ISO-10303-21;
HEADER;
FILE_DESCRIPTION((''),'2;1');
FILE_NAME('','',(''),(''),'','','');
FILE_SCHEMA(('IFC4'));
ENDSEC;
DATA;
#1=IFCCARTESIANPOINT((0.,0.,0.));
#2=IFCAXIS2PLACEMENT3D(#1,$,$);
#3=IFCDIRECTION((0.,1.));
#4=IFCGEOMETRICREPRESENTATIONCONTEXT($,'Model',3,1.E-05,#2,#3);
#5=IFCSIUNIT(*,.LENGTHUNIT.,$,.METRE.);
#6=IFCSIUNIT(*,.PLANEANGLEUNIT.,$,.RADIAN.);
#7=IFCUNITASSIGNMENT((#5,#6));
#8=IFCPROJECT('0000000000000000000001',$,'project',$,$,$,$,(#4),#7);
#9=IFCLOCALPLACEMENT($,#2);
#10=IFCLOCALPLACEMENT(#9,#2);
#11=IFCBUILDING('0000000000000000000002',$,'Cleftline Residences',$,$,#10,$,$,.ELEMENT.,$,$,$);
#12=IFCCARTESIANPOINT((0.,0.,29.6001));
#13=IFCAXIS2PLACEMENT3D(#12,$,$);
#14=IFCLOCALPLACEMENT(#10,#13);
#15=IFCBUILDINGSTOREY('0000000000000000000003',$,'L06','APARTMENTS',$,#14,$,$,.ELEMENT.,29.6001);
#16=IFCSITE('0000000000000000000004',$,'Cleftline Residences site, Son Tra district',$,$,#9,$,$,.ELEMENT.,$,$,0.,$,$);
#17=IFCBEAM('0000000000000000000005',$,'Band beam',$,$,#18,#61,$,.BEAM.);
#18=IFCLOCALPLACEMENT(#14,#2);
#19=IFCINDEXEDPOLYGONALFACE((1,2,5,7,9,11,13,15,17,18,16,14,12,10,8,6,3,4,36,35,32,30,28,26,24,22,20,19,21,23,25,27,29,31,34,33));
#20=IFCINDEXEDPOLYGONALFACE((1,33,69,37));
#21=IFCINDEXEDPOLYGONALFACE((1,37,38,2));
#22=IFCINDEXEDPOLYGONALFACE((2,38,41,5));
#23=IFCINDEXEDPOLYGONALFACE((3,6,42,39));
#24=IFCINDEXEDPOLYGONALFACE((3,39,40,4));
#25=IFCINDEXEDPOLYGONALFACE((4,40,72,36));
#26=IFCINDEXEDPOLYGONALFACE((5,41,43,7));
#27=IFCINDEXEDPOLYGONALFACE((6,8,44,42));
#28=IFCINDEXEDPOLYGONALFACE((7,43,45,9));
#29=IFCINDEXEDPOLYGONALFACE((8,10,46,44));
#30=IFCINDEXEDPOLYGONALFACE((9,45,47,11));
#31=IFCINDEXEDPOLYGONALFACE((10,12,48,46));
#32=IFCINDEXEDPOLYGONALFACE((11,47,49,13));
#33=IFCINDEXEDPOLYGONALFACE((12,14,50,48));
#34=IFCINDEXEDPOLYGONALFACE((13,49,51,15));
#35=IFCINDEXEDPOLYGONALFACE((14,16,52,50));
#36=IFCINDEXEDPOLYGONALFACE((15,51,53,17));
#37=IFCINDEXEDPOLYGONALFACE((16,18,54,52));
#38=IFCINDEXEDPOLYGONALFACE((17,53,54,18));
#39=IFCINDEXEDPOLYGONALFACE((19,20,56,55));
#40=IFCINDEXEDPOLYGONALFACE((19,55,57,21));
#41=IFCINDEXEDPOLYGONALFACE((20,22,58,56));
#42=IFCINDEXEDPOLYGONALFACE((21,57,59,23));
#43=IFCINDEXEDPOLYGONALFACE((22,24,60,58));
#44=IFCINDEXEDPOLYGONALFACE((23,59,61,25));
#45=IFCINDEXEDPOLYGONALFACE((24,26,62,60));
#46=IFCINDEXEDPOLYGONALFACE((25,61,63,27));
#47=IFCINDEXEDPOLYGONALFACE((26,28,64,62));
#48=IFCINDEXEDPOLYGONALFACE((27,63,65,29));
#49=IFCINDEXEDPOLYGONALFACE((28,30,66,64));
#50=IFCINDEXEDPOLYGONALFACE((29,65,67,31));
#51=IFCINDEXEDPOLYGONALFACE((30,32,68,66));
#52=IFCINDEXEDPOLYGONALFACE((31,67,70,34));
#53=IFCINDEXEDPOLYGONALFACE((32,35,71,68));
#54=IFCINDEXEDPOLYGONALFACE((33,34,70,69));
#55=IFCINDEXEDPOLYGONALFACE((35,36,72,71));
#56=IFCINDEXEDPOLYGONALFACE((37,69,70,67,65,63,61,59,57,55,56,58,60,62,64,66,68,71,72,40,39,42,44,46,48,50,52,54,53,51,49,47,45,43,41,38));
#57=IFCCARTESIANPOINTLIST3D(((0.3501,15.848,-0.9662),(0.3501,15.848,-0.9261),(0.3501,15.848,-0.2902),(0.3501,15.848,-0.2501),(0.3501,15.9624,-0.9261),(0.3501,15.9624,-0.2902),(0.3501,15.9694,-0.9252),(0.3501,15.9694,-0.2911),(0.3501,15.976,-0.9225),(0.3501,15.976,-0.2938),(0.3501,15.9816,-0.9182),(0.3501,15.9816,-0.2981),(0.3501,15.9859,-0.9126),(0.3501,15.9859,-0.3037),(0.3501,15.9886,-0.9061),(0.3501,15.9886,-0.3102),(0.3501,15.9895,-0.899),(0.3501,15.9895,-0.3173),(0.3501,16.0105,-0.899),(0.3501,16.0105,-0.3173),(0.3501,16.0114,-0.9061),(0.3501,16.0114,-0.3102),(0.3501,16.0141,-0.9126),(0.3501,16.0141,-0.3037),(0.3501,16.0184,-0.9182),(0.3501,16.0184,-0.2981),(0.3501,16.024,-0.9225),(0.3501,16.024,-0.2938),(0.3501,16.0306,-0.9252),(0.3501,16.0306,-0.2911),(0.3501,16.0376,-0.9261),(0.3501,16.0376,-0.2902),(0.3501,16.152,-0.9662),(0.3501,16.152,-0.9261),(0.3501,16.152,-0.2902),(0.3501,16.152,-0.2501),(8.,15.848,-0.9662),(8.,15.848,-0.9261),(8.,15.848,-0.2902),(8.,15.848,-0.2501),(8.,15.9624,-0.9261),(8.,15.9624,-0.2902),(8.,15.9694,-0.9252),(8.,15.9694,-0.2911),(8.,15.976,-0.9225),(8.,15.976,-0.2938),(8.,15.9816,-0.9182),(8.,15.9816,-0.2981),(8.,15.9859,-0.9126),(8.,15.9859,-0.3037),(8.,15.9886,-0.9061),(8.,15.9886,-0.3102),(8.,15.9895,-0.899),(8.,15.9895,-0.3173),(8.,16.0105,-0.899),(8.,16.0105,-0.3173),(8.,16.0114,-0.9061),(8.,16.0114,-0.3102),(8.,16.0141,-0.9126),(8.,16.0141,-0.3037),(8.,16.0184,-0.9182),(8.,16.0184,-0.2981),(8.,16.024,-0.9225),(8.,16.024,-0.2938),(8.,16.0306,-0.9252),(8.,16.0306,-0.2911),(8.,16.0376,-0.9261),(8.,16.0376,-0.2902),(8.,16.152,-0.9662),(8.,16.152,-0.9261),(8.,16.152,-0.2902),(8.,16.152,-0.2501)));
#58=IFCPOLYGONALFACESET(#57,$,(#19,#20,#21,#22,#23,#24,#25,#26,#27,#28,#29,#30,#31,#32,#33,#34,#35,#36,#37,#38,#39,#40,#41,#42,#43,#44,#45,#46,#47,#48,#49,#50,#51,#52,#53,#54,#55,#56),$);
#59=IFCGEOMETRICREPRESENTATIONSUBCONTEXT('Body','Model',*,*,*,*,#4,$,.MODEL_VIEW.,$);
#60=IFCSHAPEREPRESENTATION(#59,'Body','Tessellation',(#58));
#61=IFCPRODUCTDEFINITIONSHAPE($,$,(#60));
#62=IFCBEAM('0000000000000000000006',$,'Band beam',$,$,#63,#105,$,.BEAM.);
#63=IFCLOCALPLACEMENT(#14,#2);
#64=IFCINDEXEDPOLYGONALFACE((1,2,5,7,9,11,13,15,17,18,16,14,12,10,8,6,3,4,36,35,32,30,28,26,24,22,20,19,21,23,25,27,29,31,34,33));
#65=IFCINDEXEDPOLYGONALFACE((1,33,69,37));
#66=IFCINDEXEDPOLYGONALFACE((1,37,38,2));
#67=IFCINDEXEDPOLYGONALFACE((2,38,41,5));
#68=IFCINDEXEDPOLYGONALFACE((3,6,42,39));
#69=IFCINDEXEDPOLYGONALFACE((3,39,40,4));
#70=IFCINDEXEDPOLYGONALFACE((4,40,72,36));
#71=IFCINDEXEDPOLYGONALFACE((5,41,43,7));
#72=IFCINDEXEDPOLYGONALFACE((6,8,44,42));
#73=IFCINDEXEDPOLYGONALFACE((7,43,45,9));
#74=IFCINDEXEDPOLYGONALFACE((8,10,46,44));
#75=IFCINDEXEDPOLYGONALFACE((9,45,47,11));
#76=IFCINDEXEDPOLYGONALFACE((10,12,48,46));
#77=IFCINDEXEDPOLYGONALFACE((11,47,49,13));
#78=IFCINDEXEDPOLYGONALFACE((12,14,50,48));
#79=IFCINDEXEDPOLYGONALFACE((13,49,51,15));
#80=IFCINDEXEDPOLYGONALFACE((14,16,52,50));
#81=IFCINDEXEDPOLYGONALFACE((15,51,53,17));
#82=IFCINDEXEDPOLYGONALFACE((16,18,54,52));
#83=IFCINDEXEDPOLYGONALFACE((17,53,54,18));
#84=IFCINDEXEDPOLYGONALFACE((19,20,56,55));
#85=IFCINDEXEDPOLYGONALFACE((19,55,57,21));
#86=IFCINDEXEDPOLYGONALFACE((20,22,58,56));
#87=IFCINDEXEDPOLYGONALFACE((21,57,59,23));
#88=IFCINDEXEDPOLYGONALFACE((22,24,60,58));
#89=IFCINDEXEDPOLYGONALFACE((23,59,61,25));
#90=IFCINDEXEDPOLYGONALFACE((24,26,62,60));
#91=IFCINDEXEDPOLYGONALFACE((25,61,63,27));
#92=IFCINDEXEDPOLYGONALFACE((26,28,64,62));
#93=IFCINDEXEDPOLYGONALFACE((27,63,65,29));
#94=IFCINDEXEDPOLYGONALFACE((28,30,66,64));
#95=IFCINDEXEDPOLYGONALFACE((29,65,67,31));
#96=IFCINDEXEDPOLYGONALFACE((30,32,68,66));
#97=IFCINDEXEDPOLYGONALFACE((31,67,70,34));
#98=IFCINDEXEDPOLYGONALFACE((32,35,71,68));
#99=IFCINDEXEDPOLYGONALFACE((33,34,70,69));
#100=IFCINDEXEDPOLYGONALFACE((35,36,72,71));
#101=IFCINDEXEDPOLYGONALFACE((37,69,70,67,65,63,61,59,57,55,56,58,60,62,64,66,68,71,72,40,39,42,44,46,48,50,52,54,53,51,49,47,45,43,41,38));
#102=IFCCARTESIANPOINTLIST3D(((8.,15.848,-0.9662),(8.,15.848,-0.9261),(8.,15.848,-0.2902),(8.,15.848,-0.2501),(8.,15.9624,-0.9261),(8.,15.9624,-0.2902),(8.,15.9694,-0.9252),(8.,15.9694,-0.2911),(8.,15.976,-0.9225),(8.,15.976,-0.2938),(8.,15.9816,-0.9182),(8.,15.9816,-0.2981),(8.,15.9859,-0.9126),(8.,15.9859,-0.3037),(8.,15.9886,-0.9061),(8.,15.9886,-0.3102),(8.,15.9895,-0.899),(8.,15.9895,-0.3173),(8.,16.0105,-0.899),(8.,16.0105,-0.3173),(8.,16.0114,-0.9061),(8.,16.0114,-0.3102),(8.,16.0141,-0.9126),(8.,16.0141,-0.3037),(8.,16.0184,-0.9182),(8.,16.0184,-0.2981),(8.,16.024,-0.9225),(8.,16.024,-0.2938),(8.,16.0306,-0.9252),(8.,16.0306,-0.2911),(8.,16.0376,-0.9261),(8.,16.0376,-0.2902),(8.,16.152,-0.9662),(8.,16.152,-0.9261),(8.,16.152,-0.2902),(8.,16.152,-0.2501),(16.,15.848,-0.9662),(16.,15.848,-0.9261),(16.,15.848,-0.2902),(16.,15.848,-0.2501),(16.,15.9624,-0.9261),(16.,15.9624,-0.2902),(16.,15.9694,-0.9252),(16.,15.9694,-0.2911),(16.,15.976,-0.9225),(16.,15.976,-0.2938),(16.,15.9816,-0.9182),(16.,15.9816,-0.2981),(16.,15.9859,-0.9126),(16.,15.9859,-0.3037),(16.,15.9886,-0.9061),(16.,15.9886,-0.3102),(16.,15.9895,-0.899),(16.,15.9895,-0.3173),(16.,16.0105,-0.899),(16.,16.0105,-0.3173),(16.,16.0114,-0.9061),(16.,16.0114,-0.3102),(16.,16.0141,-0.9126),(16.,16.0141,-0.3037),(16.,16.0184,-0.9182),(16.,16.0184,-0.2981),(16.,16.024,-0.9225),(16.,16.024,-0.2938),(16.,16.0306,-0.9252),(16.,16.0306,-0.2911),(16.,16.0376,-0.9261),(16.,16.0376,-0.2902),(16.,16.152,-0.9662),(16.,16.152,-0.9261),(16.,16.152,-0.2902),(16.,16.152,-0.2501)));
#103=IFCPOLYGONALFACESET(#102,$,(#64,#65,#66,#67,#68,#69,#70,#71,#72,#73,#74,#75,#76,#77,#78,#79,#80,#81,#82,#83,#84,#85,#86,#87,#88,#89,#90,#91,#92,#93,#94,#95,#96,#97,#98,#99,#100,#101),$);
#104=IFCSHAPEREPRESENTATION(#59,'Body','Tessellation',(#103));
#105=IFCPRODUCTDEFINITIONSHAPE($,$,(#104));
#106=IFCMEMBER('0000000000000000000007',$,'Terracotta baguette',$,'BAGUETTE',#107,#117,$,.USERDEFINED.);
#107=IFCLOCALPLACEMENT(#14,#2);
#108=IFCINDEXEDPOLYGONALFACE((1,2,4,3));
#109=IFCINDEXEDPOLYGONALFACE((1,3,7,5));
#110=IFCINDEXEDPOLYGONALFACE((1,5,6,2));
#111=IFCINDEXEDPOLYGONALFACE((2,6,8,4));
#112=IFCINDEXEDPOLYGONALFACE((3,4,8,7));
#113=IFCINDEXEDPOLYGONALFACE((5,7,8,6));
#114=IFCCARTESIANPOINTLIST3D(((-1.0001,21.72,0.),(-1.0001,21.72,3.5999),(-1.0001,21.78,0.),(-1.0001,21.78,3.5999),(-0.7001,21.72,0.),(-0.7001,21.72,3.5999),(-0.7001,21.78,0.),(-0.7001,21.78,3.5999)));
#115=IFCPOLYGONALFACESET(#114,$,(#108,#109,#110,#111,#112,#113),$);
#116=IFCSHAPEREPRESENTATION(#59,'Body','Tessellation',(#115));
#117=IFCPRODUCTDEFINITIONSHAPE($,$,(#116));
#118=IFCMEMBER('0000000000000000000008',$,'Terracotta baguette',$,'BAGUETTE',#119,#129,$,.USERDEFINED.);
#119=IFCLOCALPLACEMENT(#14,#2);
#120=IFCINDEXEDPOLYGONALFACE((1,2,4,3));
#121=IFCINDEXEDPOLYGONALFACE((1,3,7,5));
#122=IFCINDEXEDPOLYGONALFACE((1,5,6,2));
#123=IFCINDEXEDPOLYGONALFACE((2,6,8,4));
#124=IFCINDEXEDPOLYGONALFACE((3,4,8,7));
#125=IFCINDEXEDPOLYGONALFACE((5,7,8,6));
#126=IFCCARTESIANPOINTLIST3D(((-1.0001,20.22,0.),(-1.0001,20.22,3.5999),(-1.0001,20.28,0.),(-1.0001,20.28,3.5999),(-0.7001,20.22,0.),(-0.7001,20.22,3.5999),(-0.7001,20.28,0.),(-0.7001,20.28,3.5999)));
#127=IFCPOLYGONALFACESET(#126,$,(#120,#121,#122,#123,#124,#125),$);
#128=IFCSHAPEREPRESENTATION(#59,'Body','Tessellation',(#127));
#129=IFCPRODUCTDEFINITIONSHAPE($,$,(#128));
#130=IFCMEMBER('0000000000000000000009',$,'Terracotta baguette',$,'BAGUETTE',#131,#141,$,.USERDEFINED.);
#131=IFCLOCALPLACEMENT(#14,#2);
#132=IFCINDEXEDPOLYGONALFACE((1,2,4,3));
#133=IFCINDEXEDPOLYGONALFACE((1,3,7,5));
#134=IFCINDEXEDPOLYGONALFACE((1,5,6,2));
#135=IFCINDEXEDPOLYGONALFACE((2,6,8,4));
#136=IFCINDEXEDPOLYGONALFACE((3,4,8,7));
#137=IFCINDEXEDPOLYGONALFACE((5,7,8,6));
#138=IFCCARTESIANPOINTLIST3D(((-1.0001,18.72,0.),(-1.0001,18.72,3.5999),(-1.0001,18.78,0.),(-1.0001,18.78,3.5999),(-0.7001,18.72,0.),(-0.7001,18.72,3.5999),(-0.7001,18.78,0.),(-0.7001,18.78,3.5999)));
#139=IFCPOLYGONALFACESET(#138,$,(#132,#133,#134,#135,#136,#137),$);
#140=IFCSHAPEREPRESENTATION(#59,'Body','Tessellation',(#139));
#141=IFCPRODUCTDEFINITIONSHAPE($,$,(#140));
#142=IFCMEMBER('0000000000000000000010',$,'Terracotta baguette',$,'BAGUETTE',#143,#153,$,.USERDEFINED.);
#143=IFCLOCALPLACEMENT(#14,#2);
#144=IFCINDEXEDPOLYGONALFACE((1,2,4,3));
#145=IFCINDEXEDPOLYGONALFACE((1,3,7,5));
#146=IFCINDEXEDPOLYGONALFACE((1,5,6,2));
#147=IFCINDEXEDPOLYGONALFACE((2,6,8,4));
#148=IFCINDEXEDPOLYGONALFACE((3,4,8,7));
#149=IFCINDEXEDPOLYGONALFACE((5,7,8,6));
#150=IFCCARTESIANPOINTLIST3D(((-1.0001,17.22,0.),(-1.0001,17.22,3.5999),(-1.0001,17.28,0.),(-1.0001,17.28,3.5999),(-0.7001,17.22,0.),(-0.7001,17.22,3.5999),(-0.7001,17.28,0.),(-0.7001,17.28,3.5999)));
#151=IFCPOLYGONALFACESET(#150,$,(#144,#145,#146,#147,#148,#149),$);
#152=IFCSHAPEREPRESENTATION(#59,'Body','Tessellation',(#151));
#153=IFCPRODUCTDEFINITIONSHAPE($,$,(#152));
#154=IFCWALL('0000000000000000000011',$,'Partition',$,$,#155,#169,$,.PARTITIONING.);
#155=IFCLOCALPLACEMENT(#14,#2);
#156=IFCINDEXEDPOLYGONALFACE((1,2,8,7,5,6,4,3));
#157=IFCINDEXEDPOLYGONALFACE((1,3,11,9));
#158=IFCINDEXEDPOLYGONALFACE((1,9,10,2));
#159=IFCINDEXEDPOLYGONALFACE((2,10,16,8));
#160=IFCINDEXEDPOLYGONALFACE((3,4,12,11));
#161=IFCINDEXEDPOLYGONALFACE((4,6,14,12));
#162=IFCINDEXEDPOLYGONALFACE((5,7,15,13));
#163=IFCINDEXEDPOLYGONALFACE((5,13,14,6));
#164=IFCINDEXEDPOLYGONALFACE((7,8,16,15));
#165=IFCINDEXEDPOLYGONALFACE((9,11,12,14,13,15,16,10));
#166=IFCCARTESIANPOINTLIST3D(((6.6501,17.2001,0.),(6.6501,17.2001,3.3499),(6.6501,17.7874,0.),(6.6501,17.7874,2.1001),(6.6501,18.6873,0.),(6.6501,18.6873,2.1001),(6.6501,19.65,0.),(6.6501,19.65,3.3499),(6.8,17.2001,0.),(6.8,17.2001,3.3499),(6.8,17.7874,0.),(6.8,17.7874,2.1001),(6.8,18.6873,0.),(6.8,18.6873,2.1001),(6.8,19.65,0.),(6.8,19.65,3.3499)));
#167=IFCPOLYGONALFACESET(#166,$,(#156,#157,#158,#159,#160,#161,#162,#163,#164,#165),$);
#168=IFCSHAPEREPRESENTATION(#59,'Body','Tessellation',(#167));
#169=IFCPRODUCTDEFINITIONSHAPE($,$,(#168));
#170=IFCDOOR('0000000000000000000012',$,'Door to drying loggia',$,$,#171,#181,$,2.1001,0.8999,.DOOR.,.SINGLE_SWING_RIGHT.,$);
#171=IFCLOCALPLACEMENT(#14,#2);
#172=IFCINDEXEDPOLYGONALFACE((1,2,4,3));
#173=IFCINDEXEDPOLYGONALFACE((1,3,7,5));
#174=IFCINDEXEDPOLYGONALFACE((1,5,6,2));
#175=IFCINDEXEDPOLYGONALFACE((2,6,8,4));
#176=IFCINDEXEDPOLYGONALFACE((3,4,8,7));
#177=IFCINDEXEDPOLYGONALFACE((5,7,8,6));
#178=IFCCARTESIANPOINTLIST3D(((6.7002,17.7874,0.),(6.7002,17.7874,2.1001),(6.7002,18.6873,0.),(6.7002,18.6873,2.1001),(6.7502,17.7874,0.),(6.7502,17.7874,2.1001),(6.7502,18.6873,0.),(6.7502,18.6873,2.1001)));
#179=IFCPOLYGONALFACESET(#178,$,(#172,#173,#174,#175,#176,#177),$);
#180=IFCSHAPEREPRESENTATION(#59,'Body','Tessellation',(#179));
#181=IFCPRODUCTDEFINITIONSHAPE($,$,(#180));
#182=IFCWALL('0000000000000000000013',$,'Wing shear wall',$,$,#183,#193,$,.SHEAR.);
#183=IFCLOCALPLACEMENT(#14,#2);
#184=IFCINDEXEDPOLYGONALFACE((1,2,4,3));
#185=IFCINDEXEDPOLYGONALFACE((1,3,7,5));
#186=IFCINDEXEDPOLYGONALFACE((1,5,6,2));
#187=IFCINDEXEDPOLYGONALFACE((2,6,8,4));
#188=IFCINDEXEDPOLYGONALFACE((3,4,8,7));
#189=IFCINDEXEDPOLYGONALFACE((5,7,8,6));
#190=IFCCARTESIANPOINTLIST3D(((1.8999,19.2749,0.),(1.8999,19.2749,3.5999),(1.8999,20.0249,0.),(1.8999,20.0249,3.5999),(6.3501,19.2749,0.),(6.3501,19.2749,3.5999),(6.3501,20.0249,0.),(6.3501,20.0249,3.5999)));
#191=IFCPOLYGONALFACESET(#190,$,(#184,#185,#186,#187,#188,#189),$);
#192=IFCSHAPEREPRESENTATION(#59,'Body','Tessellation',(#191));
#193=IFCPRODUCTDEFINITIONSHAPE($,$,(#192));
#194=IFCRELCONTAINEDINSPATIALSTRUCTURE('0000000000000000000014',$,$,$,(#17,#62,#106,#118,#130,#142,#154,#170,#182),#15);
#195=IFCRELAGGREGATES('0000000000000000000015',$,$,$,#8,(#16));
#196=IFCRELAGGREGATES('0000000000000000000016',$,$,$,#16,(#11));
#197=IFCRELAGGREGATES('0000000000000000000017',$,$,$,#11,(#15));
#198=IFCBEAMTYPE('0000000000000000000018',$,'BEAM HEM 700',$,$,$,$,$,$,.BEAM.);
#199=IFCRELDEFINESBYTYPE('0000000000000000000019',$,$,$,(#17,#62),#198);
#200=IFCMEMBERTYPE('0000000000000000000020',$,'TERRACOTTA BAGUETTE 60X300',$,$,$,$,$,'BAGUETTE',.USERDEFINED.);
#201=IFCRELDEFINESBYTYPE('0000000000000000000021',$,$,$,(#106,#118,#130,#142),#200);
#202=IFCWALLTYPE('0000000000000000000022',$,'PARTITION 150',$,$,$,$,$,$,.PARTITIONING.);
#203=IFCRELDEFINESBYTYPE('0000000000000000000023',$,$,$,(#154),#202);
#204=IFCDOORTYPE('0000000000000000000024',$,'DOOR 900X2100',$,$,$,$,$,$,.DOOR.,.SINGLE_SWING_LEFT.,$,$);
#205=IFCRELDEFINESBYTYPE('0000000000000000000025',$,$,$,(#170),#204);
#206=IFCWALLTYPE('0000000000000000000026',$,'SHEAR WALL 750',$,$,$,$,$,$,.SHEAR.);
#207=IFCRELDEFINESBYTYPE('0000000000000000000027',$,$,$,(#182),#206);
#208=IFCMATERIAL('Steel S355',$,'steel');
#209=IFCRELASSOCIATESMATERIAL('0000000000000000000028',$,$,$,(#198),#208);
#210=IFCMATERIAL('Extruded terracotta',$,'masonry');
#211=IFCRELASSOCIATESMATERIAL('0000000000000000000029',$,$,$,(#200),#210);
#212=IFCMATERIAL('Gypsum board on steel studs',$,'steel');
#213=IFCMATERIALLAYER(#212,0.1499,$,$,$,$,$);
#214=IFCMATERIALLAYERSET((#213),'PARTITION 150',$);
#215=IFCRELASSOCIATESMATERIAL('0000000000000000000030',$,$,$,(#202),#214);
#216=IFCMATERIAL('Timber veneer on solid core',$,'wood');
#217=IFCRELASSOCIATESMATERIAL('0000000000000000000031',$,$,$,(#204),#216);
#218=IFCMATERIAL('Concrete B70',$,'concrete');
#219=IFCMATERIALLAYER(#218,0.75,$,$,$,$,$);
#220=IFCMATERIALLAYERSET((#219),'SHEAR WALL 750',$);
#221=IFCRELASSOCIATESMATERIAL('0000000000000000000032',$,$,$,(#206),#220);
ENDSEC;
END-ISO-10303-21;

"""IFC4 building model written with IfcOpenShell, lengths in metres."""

from ifc_helpers import new_model, si_unit, direction, frame, frame_2d, origin, origin_2d, place, context, subcontext, project, spatial, rectangle, i_section, extrude, material, layer, layer_set, material_profile, profile_set, type_object, element, fill, save


model = new_model("IFC4")

# Units and contexts
model_context = context("Model", 3, precision=1e-05, world=origin(), true_north=direction((0.0, 1.0)))
body_context = subcontext(model_context, "Body", "Model", "MODEL_VIEW")
ifc_project = project(units=[si_unit("LENGTHUNIT", "METRE"), si_unit("PLANEANGLEUNIT", "RADIAN")], contexts=[model_context])

# Site, building, storey
site_placement = place(None, origin())
site = spatial("IfcSite", under=ifc_project, at=site_placement, Name="Cleftline Residences site, Son Tra district", CompositionType="ELEMENT", RefElevation=0.0)
building_placement = place(site_placement, origin())
building = spatial("IfcBuilding", under=site, at=building_placement, Name="Cleftline Residences", CompositionType="ELEMENT")
storey_placement = place(building_placement, frame((0.0, 0.0, 29.6001)))
storey = spatial("IfcBuildingStorey", under=building, at=storey_placement, Name="L06", Description="APARTMENTS", CompositionType="ELEMENT", Elevation=29.6001)

# Beams
ifc_material_1 = material(Name="Steel S355", Category="steel")
ifc_material_profile_1 = material_profile(ifc_material_1, i_section(OverallWidth=0.304, OverallDepth=0.7161, WebThickness=0.021, FlangeThickness=0.04, FilletRadius=0.0271, at=origin_2d()))
ifc_profile_set_1 = profile_set([ifc_material_profile_1], Name="Steel S355")
beam_type_1 = type_object("IfcBeamType", Name="BEAM HEM 700", PredefinedType="BEAM", material=ifc_profile_set_1)
beam_1_placement = place(storey_placement, frame((0.3501, 16.0, -0.6082), z_axis=(1.0, 0.0, 0.0), x_axis=(0.0, 1.0, 0.0)))
element("IfcBeam", 1, at=beam_1_placement, inside=storey, type_object=beam_type_1, Name="Band beam", PredefinedType="BEAM", context=body_context, shape_type="SweptSolid", body=[
    extrude(i_section(OverallWidth=0.304, OverallDepth=0.7161, WebThickness=0.021, FlangeThickness=0.04, FilletRadius=0.0271, at=origin_2d()), origin(), (0.0, 0.0, 1.0), 7.6499),
])
beam_2_placement = place(storey_placement, frame((8.0, 16.0, -0.6082), z_axis=(1.0, 0.0, 0.0), x_axis=(0.0, 1.0, 0.0)))
element("IfcBeam", 2, at=beam_2_placement, inside=storey, type_object=beam_type_1, Name="Band beam", PredefinedType="BEAM", context=body_context, shape_type="SweptSolid", body=[
    extrude(i_section(OverallWidth=0.304, OverallDepth=0.7161, WebThickness=0.021, FlangeThickness=0.04, FilletRadius=0.0271, at=origin_2d()), origin(), (0.0, 0.0, 1.0), 8.0),
])

# Members
ifc_material_2 = material(Name="Extruded terracotta", Category="masonry")
ifc_material_profile_2 = material_profile(ifc_material_2, rectangle(XDim=0.0601, YDim=0.3, at=origin_2d()))
ifc_profile_set_2 = profile_set([ifc_material_profile_2], Name="Extruded terracotta")
member_type_1 = type_object("IfcMemberType", Name="TERRACOTTA BAGUETTE 60X300", ElementType="BAGUETTE", PredefinedType="USERDEFINED", material=ifc_profile_set_2)
for number, where, z_axis, x_axis, name in (
    (3, (-0.8501, 21.75, 0.0), (0.0, 0.0, 1.0), (0.0, 1.0, 0.0), "Terracotta baguette"),
    (4, (-0.8501, 20.25, 0.0), (0.0, 0.0, 1.0), (0.0, 1.0, 0.0), "Terracotta baguette"),
    (5, (-0.8501, 18.75, 0.0), (0.0, 0.0, 1.0), (0.0, 1.0, 0.0), "Terracotta baguette"),
    (6, (-0.8501, 17.25, 0.0), (0.0, 0.0, 1.0), (0.0, 1.0, 0.0), "Terracotta baguette"),
):
    element("IfcMember", number, at=place(storey_placement, frame(where, z_axis=z_axis, x_axis=x_axis)), inside=storey, type_object=member_type_1, Name=name, ObjectType="BAGUETTE", PredefinedType="USERDEFINED", context=body_context, shape_type="SweptSolid", body=[
        extrude(rectangle(XDim=0.0601, YDim=0.3, at=origin_2d()), origin(), (0.0, 0.0, 1.0), 3.5999),
    ])

# Wall, opening, door
ifc_material_3 = material(Name="Gypsum board on steel studs", Category="steel")
ifc_layer_1 = layer(ifc_material_3, 0.1499)
ifc_layer_set_1 = layer_set([ifc_layer_1], Name="PARTITION 150")
wall_type_1 = type_object("IfcWallType", Name="PARTITION 150", PredefinedType="PARTITIONING", material=ifc_layer_set_1)
wall_1_placement = place(storey_placement, frame((6.7251, 17.2, 0.0), z_axis=(0.0, 0.0, 1.0), x_axis=(0.0, 1.0, 0.0)))
wall_1 = element("IfcWall", 7, at=wall_1_placement, inside=storey, type_object=wall_type_1, Name="Partition", PredefinedType="PARTITIONING", context=body_context, shape_type="SweptSolid", body=[
    extrude(rectangle(XDim=2.45, YDim=0.1499, at=frame_2d((1.2251, 0.0))), origin(), (0.0, 0.0, 1.0), 3.3499),
])
opening_1_placement = place(wall_1_placement, frame((0.5874, 0.0, 0.0)))
opening_1 = element("IfcOpeningElement", 8, at=opening_1_placement, cuts=wall_1, PredefinedType="OPENING", context=body_context, shape_type="SweptSolid", body=[
    extrude(rectangle(XDim=0.8999, YDim=2.1001, at=frame_2d((0.45, 1.05))), frame((0.0, 0.085, 0.0), z_axis=(0.0, -1.0, 0.0), x_axis=(1.0, 0.0, 0.0)), (0.0, 0.0, 1.0), 0.1699),
])
ifc_material_4 = material(Name="Timber veneer on solid core", Category="wood")
door_type_1 = type_object("IfcDoorType", Name="DOOR 900X2100", OperationType="SINGLE_SWING_LEFT", PredefinedType="DOOR", material=ifc_material_4)
door_1_placement = place(opening_1_placement, origin())
door_1 = element("IfcDoor", 9, at=door_1_placement, inside=storey, type_object=door_type_1, Name="Door to drying loggia", OperationType="SINGLE_SWING_RIGHT", OverallHeight=2.1001, OverallWidth=0.8999, PredefinedType="DOOR", context=body_context, shape_type="SweptSolid", body=[
    extrude(rectangle(XDim=0.8999, YDim=2.1001, at=frame_2d((0.45, 1.05))), frame((0.0, 0.0249, 0.0), z_axis=(0.0, -1.0, 0.0), x_axis=(1.0, 0.0, 0.0)), (0.0, 0.0, 1.0), 0.05),
])
fill(opening_1, door_1)

# Wall
ifc_material_5 = material(Name="Concrete B70", Category="concrete")
ifc_layer_2 = layer(ifc_material_5, 0.75)
ifc_layer_set_2 = layer_set([ifc_layer_2], Name="SHEAR WALL 750")
wall_type_2 = type_object("IfcWallType", Name="SHEAR WALL 750", PredefinedType="SHEAR", material=ifc_layer_set_2)
wall_2_placement = place(storey_placement, frame((1.8999, 19.6499, 0.0), z_axis=(0.0, 0.0, 1.0), x_axis=(1.0, 0.0, 0.0)))
element("IfcWall", 10, at=wall_2_placement, inside=storey, type_object=wall_type_2, Name="Wing shear wall", PredefinedType="SHEAR", context=body_context, shape_type="SweptSolid", body=[
    extrude(rectangle(XDim=4.4502, YDim=0.75, at=frame_2d((2.2251, 0.0))), origin(), (0.0, 0.0, 1.0), 3.5999),
])

save(model, "model.ifc")
